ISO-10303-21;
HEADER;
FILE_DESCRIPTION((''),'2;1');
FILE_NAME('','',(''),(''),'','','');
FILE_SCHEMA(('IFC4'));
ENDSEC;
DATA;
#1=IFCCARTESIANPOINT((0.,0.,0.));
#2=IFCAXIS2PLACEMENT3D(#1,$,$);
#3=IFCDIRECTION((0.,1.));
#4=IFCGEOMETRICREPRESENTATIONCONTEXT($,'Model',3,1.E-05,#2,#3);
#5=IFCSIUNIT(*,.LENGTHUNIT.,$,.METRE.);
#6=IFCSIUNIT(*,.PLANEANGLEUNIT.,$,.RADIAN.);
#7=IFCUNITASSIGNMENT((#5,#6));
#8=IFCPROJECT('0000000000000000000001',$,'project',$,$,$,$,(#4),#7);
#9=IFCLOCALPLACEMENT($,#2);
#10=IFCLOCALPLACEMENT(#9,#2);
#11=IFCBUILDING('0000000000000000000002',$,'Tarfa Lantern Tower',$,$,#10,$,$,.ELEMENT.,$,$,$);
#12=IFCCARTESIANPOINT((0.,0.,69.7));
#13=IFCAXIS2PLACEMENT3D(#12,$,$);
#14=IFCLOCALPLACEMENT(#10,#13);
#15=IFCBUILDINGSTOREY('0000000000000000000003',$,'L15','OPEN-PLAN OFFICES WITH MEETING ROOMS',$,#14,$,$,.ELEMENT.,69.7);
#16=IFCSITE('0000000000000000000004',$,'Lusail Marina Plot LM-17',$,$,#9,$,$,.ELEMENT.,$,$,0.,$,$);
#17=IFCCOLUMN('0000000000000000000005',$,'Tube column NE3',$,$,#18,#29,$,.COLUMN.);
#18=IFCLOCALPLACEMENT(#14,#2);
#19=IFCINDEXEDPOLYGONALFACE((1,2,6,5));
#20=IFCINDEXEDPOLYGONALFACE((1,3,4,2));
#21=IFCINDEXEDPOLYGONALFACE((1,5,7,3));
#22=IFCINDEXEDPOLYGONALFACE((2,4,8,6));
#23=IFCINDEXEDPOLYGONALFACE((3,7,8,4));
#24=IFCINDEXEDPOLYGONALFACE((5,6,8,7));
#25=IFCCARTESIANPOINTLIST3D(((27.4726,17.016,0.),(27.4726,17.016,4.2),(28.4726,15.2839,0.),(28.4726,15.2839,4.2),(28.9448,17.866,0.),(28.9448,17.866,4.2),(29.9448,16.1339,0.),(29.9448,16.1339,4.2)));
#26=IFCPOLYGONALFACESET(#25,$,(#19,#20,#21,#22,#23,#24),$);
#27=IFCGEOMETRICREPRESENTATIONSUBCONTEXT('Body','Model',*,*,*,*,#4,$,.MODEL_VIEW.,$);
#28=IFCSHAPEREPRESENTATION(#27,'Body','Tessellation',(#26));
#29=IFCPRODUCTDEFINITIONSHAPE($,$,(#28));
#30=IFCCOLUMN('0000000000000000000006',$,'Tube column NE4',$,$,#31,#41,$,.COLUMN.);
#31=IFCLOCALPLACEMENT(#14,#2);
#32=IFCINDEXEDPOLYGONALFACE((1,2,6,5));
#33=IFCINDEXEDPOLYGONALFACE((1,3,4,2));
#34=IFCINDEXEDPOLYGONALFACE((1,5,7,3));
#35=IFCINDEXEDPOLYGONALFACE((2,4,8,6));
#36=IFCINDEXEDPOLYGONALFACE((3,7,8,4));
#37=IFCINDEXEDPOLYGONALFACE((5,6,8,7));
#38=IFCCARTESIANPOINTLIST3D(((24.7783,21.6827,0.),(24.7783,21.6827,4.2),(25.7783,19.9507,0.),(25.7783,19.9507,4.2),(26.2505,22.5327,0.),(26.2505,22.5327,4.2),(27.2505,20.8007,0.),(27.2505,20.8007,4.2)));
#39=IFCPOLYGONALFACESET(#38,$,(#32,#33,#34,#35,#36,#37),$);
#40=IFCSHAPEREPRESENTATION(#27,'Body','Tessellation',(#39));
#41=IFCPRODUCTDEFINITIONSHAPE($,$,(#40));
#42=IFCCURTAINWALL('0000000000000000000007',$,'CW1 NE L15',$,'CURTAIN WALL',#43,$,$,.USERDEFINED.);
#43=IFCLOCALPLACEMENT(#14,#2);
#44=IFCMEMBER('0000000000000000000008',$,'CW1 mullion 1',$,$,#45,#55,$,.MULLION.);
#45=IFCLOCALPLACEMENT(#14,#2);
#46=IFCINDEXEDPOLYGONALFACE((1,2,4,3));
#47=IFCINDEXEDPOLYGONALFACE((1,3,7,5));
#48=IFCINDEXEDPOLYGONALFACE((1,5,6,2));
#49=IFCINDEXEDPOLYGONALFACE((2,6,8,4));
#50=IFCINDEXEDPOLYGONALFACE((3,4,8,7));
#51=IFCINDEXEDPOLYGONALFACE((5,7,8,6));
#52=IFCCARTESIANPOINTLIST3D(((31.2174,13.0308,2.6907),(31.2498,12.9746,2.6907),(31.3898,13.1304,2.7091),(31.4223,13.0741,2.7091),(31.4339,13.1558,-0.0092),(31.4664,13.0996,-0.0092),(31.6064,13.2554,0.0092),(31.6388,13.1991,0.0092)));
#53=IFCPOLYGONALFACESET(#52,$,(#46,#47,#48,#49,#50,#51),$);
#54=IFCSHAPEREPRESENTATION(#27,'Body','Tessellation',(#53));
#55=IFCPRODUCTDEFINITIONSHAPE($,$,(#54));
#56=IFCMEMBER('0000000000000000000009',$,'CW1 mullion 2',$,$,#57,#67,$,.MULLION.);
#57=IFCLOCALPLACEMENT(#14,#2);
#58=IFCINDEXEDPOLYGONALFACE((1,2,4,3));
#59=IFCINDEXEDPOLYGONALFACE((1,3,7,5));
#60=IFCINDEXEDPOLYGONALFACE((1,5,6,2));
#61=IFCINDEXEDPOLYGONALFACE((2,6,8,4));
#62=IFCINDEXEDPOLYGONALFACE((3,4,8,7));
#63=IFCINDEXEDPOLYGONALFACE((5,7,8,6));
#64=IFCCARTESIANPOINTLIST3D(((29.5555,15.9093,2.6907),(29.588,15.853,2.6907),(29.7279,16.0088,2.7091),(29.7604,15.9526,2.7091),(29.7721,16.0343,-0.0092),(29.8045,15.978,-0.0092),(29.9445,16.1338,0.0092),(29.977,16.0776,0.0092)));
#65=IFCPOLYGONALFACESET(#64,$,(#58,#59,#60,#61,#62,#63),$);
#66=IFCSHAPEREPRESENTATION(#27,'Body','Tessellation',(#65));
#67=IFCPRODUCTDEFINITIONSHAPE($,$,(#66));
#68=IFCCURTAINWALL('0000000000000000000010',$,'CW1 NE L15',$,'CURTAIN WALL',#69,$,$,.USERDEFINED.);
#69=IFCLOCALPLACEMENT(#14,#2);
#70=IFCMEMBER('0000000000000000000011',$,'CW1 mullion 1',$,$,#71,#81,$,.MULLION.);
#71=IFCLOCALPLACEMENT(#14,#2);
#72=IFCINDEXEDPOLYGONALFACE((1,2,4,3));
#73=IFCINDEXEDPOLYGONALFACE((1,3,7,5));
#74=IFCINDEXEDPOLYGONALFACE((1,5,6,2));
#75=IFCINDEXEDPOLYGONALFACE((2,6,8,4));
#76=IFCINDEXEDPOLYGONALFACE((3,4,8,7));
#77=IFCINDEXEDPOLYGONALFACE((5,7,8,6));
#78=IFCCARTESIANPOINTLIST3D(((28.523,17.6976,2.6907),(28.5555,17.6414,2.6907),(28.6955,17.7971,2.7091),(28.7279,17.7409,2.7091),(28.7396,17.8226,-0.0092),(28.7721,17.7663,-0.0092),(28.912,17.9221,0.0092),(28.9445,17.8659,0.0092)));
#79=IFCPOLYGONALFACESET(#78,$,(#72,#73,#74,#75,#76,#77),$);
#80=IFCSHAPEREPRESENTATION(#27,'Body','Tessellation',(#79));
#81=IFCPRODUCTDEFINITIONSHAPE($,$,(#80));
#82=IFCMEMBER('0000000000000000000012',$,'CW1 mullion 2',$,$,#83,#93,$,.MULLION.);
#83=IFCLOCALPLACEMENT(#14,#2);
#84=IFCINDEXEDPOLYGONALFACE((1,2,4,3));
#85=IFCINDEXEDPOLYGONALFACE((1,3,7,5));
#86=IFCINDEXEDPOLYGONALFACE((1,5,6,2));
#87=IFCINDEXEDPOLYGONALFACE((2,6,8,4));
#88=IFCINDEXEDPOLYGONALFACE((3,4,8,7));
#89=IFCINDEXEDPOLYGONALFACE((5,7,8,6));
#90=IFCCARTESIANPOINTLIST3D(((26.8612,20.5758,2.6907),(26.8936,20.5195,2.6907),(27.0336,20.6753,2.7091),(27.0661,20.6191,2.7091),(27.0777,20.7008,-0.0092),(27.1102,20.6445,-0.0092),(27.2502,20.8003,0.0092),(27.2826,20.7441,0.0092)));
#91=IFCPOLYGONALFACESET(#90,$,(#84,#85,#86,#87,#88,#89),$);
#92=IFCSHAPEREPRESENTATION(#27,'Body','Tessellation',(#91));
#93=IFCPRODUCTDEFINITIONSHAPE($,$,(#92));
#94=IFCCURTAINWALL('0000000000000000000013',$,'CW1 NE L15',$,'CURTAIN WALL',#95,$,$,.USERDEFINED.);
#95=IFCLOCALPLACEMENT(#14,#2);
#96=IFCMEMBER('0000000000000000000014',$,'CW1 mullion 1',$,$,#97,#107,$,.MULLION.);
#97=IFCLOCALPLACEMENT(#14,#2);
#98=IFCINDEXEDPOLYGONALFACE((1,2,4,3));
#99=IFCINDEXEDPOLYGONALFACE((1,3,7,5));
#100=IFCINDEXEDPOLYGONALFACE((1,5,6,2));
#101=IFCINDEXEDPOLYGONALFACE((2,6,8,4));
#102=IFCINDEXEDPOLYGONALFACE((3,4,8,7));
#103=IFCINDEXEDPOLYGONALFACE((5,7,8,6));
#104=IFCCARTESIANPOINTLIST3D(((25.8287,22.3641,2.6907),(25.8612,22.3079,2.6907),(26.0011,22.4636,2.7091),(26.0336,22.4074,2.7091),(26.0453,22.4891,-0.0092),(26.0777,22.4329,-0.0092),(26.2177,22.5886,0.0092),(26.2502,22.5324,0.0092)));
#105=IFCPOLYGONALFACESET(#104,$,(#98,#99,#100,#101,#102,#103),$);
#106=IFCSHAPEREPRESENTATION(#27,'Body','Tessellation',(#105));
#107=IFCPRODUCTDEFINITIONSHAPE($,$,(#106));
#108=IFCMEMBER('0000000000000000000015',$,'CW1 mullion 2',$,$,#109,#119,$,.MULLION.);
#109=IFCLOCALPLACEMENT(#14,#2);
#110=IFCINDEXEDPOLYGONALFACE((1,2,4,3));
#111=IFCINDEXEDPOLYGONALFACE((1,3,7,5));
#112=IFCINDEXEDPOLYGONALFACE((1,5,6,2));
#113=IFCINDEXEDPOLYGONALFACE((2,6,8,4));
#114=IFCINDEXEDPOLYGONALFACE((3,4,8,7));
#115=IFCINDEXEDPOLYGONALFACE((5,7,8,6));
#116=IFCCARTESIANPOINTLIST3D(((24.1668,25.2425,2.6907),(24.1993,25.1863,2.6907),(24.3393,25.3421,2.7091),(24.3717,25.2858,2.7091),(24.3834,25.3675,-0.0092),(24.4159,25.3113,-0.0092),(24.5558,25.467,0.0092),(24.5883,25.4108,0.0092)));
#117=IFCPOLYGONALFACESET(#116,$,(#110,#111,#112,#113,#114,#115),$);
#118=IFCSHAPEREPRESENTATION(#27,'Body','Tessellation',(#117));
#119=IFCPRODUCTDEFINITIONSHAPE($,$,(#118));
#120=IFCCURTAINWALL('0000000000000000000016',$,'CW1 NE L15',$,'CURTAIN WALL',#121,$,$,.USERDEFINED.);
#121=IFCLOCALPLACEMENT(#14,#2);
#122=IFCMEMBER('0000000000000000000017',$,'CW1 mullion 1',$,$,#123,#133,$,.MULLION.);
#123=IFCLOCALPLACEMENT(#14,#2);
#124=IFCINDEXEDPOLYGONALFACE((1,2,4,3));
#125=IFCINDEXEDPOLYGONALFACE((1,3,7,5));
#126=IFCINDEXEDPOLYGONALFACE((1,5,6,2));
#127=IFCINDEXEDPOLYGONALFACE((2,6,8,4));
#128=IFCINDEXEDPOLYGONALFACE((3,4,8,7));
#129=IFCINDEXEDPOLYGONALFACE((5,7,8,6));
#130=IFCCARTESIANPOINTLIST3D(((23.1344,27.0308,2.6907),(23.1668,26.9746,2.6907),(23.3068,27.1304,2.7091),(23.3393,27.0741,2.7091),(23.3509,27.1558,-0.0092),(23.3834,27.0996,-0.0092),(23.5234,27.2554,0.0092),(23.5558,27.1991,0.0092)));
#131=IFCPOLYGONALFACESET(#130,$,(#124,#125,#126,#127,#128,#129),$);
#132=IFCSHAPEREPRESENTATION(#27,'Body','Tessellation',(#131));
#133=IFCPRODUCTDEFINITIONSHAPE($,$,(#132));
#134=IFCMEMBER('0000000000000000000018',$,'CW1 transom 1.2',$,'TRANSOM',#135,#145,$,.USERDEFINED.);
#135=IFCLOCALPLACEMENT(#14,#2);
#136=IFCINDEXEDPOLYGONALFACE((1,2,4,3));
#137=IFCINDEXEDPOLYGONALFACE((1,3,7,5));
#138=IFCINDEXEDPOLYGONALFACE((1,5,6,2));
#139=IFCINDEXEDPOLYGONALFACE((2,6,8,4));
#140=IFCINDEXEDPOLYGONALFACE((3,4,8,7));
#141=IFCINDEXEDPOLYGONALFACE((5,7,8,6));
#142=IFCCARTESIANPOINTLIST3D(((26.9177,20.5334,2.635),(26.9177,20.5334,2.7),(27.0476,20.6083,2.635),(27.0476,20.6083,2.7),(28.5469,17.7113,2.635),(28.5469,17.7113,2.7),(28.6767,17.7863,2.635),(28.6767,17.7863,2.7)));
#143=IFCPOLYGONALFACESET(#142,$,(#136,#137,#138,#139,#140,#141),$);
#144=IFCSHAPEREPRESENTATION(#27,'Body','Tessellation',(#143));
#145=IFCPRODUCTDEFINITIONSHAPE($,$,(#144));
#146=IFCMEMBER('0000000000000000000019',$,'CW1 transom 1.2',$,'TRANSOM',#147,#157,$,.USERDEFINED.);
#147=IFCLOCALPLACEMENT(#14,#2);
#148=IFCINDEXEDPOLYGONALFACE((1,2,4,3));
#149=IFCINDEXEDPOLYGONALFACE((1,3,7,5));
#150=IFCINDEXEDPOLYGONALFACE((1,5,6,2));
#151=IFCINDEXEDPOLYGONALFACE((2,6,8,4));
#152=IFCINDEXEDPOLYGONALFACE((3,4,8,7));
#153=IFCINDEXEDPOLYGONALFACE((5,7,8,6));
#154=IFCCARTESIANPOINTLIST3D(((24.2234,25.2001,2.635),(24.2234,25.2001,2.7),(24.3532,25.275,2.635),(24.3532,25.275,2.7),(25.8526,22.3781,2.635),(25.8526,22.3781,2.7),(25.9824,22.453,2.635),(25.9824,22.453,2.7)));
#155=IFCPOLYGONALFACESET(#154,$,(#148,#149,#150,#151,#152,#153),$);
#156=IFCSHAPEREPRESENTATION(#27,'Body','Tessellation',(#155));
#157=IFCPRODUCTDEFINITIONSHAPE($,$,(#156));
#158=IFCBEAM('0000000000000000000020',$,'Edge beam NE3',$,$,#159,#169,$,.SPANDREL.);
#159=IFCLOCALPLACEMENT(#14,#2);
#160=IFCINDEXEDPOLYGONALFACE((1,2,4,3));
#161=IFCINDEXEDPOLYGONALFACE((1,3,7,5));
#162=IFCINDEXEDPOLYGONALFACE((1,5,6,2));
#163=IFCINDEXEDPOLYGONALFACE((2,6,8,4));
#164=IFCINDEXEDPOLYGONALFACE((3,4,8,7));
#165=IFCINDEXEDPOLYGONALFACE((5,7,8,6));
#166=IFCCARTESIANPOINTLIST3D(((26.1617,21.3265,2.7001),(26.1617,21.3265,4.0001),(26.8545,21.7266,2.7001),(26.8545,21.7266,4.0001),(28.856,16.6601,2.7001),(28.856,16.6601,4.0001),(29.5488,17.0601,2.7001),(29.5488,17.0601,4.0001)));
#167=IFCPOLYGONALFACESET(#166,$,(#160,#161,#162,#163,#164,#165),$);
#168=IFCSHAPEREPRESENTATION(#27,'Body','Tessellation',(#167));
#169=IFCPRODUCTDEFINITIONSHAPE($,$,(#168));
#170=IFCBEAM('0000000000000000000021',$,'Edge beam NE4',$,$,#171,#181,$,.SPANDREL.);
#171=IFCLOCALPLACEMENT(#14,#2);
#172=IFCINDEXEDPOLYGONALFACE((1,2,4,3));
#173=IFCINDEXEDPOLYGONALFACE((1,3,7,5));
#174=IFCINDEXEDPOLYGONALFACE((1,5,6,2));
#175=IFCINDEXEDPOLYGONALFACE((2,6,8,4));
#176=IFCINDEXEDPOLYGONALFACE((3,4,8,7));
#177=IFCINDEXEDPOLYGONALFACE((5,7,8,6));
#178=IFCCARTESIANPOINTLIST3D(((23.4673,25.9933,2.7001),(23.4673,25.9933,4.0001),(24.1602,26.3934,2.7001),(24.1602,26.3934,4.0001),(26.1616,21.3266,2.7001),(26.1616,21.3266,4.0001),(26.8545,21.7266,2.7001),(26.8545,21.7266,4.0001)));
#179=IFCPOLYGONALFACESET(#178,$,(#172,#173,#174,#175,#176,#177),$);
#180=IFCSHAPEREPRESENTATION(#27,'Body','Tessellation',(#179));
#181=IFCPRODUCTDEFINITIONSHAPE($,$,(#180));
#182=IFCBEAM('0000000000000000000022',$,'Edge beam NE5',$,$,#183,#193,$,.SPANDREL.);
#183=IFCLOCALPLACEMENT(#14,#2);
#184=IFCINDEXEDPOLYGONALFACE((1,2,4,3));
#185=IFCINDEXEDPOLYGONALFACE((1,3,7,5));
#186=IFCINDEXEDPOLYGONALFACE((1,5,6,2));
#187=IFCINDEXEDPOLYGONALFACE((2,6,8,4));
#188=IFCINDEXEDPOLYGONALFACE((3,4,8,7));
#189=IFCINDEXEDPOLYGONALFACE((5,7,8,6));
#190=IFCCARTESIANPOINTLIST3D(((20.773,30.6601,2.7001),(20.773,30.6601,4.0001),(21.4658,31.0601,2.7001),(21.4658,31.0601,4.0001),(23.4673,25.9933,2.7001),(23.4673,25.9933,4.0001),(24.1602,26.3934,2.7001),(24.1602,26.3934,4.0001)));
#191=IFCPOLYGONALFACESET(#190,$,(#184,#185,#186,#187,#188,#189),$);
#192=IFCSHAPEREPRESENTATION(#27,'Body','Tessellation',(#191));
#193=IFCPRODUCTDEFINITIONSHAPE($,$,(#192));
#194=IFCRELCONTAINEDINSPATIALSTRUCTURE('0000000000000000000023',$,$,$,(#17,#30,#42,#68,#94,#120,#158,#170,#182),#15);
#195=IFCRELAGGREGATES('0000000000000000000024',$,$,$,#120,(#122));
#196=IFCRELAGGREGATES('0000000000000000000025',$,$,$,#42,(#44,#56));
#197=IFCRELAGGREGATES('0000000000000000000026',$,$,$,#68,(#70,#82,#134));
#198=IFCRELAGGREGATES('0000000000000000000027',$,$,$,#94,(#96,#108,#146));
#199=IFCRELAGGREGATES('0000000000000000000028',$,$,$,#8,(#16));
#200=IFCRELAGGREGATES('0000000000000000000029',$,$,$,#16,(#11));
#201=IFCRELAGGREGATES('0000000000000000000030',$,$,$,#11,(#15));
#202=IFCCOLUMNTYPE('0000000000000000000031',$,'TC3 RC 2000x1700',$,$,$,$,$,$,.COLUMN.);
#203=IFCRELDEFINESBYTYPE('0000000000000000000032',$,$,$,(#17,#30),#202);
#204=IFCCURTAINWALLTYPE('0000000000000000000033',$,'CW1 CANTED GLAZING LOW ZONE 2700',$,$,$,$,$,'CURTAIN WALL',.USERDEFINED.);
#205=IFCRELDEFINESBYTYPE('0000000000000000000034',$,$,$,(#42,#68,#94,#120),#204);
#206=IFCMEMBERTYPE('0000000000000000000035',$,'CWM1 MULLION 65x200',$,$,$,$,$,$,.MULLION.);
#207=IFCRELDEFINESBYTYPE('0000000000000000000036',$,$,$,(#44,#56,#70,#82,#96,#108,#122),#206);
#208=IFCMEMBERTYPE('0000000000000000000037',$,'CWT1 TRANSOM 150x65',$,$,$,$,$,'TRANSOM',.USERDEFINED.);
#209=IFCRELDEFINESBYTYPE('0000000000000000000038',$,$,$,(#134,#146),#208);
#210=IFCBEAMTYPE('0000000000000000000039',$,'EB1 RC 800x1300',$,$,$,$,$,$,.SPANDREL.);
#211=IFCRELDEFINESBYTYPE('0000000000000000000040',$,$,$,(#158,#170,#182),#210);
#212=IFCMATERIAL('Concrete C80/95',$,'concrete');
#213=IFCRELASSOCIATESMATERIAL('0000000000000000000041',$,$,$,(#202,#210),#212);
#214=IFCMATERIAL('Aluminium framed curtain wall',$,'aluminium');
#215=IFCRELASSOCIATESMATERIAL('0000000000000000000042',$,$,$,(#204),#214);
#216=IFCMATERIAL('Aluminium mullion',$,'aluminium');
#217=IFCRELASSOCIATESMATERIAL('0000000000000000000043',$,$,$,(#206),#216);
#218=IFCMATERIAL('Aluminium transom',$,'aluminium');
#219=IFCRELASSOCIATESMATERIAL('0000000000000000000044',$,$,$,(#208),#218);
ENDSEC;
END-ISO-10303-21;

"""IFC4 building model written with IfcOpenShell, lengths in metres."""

from ifc_helpers import new_model, si_unit, direction, frame, origin, origin_2d, place, context, subcontext, project, spatial, rectangle, extrude, material, material_profile, profile_set, type_object, element, aggregate, save


model = new_model("IFC4")

# Units and contexts
model_context = context("Model", 3, precision=1e-05, world=origin(), true_north=direction((0.0, 1.0)))
body_context = subcontext(model_context, "Body", "Model", "MODEL_VIEW")
ifc_project = project(units=[si_unit("LENGTHUNIT", "METRE"), si_unit("PLANEANGLEUNIT", "RADIAN")], contexts=[model_context])

# Site, building, storey
site_placement = place(None, origin())
site = spatial("IfcSite", under=ifc_project, at=site_placement, Name="Lusail Marina Plot LM-17", CompositionType="ELEMENT", RefElevation=0.0)
building_placement = place(site_placement, origin())
building = spatial("IfcBuilding", under=site, at=building_placement, Name="Tarfa Lantern Tower", CompositionType="ELEMENT")
storey_placement = place(building_placement, frame((0.0, 0.0, 69.7)))
storey = spatial("IfcBuildingStorey", under=building, at=storey_placement, Name="L15", Description="OPEN-PLAN OFFICES WITH MEETING ROOMS", CompositionType="ELEMENT", Elevation=69.7)

# Columns
ifc_material_1 = material(Name="Concrete C80/95", Category="concrete")
ifc_material_profile_1 = material_profile(ifc_material_1, rectangle(XDim=2.0, YDim=1.7, at=origin_2d()), Name="RC 2000x1700")
ifc_profile_set_1 = profile_set([ifc_material_profile_1], Name="Concrete C80/95")
column_type = type_object("IfcColumnType", Name="TC3 RC 2000x1700", PredefinedType="COLUMN", material=ifc_profile_set_1)
for number, where, z_axis, x_axis, name in (
    (1, (28.7087, 16.575, 0.0), (0.0, 0.0, 1.0), (-0.5, 0.866025, 0.0), "Tube column NE3"),
    (2, (26.0144, 21.2417, 0.0), (0.0, 0.0, 1.0), (-0.5, 0.866025, 0.0), "Tube column NE4"),
):
    element("IfcColumn", number, at=place(storey_placement, frame(where, z_axis=z_axis, x_axis=x_axis)), inside=storey, type_object=column_type, Name=name, PredefinedType="COLUMN", context=body_context, shape_type="SweptSolid", body=[
        extrude(rectangle(XDim=2.0, YDim=1.7, at=origin_2d()), origin(), (0.0, 0.0, 1.0), 4.2),
    ])

# Curtain walls, members
ifc_material_2 = material(Name="Aluminium framed curtain wall", Category="aluminium")
curtain_wall_type = type_object("IfcCurtainWallType", Name="CW1 CANTED GLAZING LOW ZONE 2700", ElementType="CURTAIN WALL", PredefinedType="USERDEFINED", material=ifc_material_2)
curtain_wall_1_placement = place(storey_placement, origin())
curtain_wall_1 = element("IfcCurtainWall", 3, at=curtain_wall_1_placement, inside=storey, type_object=curtain_wall_type, Name="CW1 NE L15", ObjectType="CURTAIN WALL", PredefinedType="USERDEFINED")
ifc_material_3 = material(Name="Aluminium mullion", Category="aluminium")
ifc_material_profile_2 = material_profile(ifc_material_3, rectangle(XDim=0.0649, YDim=0.2, at=origin_2d()), Name="AL MULLION 65x200")
ifc_profile_set_2 = profile_set([ifc_material_profile_2], Name="Aluminium mullion")
member_type_1 = type_object("IfcMemberType", Name="CWM1 MULLION 65x200", PredefinedType="MULLION", material=ifc_profile_set_2)
member_1_placement = place(storey_placement, frame((31.5364, 13.1775, 0.0), z_axis=(-0.079864, -0.0461, 0.995739), x_axis=(0.49992, -0.866072, 0.0)))
member_1 = element("IfcMember", 4, at=member_1_placement, type_object=member_type_1, Name="CW1 mullion 1", PredefinedType="MULLION", context=body_context, shape_type="SweptSolid", body=[
    extrude(rectangle(XDim=0.0649, YDim=0.2, at=origin_2d()), origin(), (0.0, 0.0, 1.0), 2.7114),
])
member_2_placement = place(storey_placement, frame((29.8745, 16.0559, 0.0), z_axis=(-0.079864, -0.0461, 0.995739), x_axis=(0.49992, -0.866072, 0.0)))
member_2 = element("IfcMember", 5, at=member_2_placement, type_object=member_type_1, Name="CW1 mullion 2", PredefinedType="MULLION", context=body_context, shape_type="SweptSolid", body=[
    extrude(rectangle(XDim=0.0649, YDim=0.2, at=origin_2d()), origin(), (0.0, 0.0, 1.0), 2.7114),
])
curtain_wall_2_placement = place(storey_placement, origin())
curtain_wall_2 = element("IfcCurtainWall", 6, at=curtain_wall_2_placement, inside=storey, type_object=curtain_wall_type, Name="CW1 NE L15", ObjectType="CURTAIN WALL", PredefinedType="USERDEFINED")
member_3_placement = place(storey_placement, frame((28.842, 17.8442, 0.0), z_axis=(-0.079864, -0.0461, 0.995739), x_axis=(0.49992, -0.866072, 0.0)))
member_3 = element("IfcMember", 7, at=member_3_placement, type_object=member_type_1, Name="CW1 mullion 1", PredefinedType="MULLION", context=body_context, shape_type="SweptSolid", body=[
    extrude(rectangle(XDim=0.0649, YDim=0.2, at=origin_2d()), origin(), (0.0, 0.0, 1.0), 2.7114),
])
member_4_placement = place(storey_placement, frame((27.1802, 20.7224, 0.0), z_axis=(-0.079864, -0.0461, 0.995739), x_axis=(0.49992, -0.866072, 0.0)))
member_4 = element("IfcMember", 8, at=member_4_placement, type_object=member_type_1, Name="CW1 mullion 2", PredefinedType="MULLION", context=body_context, shape_type="SweptSolid", body=[
    extrude(rectangle(XDim=0.0649, YDim=0.2, at=origin_2d()), origin(), (0.0, 0.0, 1.0), 2.7114),
])
curtain_wall_3_placement = place(storey_placement, origin())
curtain_wall_3 = element("IfcCurtainWall", 9, at=curtain_wall_3_placement, inside=storey, type_object=curtain_wall_type, Name="CW1 NE L15", ObjectType="CURTAIN WALL", PredefinedType="USERDEFINED")
member_5_placement = place(storey_placement, frame((26.1477, 22.5107, 0.0), z_axis=(-0.079864, -0.0461, 0.995739), x_axis=(0.49992, -0.866072, 0.0)))
member_5 = element("IfcMember", 10, at=member_5_placement, type_object=member_type_1, Name="CW1 mullion 1", PredefinedType="MULLION", context=body_context, shape_type="SweptSolid", body=[
    extrude(rectangle(XDim=0.0649, YDim=0.2, at=origin_2d()), origin(), (0.0, 0.0, 1.0), 2.7114),
])
member_6_placement = place(storey_placement, frame((24.4858, 25.3892, 0.0), z_axis=(-0.079864, -0.0461, 0.995739), x_axis=(0.49992, -0.866072, 0.0)))
member_6 = element("IfcMember", 11, at=member_6_placement, type_object=member_type_1, Name="CW1 mullion 2", PredefinedType="MULLION", context=body_context, shape_type="SweptSolid", body=[
    extrude(rectangle(XDim=0.0649, YDim=0.2, at=origin_2d()), origin(), (0.0, 0.0, 1.0), 2.7114),
])

# Curtain wall, member
curtain_wall_4_placement = place(storey_placement, origin())
curtain_wall_4 = element("IfcCurtainWall", 12, at=curtain_wall_4_placement, inside=storey, type_object=curtain_wall_type, Name="CW1 NE L15", ObjectType="CURTAIN WALL", PredefinedType="USERDEFINED")
member_7_placement = place(storey_placement, frame((23.4534, 27.1775, 0.0), z_axis=(-0.079864, -0.0461, 0.995739), x_axis=(0.49992, -0.866072, 0.0)))
member_7 = element("IfcMember", 13, at=member_7_placement, type_object=member_type_1, Name="CW1 mullion 1", PredefinedType="MULLION", context=body_context, shape_type="SweptSolid", body=[
    extrude(rectangle(XDim=0.0649, YDim=0.2, at=origin_2d()), origin(), (0.0, 0.0, 1.0), 2.7114),
])
aggregate(curtain_wall_4, [member_7])

# Members
ifc_material_4 = material(Name="Aluminium transom", Category="aluminium")
ifc_material_profile_3 = material_profile(ifc_material_4, rectangle(XDim=0.1499, YDim=0.0649, at=origin_2d()), Name="AL TRANSOM 150x65")
ifc_profile_set_3 = profile_set([ifc_material_profile_3], Name="Aluminium transom")
member_type_2 = type_object("IfcMemberType", Name="CWT1 TRANSOM 150x65", ElementType="TRANSOM", PredefinedType="USERDEFINED", material=ifc_profile_set_3)
member_8_placement = place(storey_placement, frame((28.6118, 17.7488, 2.6675), z_axis=(-0.499967, 0.866045, 0.0), x_axis=(-0.866045, -0.499967, 0.0)))
member_8 = element("IfcMember", 14, at=member_8_placement, type_object=member_type_2, Name="CW1 transom 1.2", ObjectType="TRANSOM", PredefinedType="USERDEFINED", context=body_context, shape_type="SweptSolid", body=[
    extrude(rectangle(XDim=0.1499, YDim=0.0649, at=origin_2d()), origin(), (0.0, 0.0, 1.0), 3.2585),
])
member_9_placement = place(storey_placement, frame((25.9175, 22.4155, 2.6675), z_axis=(-0.499967, 0.866045, 0.0), x_axis=(-0.866045, -0.499967, 0.0)))
member_9 = element("IfcMember", 15, at=member_9_placement, type_object=member_type_2, Name="CW1 transom 1.2", ObjectType="TRANSOM", PredefinedType="USERDEFINED", context=body_context, shape_type="SweptSolid", body=[
    extrude(rectangle(XDim=0.1499, YDim=0.0649, at=origin_2d()), origin(), (0.0, 0.0, 1.0), 3.2585),
])

# Beams
ifc_material_profile_4 = material_profile(ifc_material_1, rectangle(XDim=0.8, YDim=1.3, at=origin_2d()), Name="RC 800x1300")
ifc_profile_set_4 = profile_set([ifc_material_profile_4], Name="Concrete C80/95")
beam_type_1 = type_object("IfcBeamType", Name="EB1 RC 800x1300", PredefinedType="SPANDREL", material=ifc_profile_set_4)
beam_1_placement = place(storey_placement, frame((29.2024, 16.8601, 3.3501), z_axis=(-0.500018, 0.866015, 0.0), x_axis=(-0.866015, -0.500018, 0.0)))
element("IfcBeam", 16, at=beam_1_placement, inside=storey, type_object=beam_type_1, Name="Edge beam NE3", PredefinedType="SPANDREL", context=body_context, shape_type="SweptSolid", body=[
    extrude(rectangle(XDim=0.8, YDim=1.3, at=origin_2d()), origin(), (0.0, 0.0, 1.0), 5.3884),
])
for number, where, z_axis, x_axis, name in (
    (17, (26.5081, 21.5266, 3.3501), (-0.499998, 0.866026, 0.0), (-0.866026, -0.499998, 0.0), "Edge beam NE4"),
    (18, (23.8137, 26.1934, 3.3501), (-0.499998, 0.866026, 0.0), (-0.866026, -0.499998, 0.0), "Edge beam NE5"),
):
    element("IfcBeam", number, at=place(storey_placement, frame(where, z_axis=z_axis, x_axis=x_axis)), inside=storey, type_object=beam_type_1, Name=name, PredefinedType="SPANDREL", context=body_context, shape_type="SweptSolid", body=[
        extrude(rectangle(XDim=0.8, YDim=1.3, at=origin_2d()), origin(), (0.0, 0.0, 1.0), 5.3887),
    ])

aggregate(curtain_wall_1, [member_1, member_2])
aggregate(curtain_wall_2, [member_3, member_4, member_8])
aggregate(curtain_wall_3, [member_5, member_6, member_9])

save(model, "model.ifc")
